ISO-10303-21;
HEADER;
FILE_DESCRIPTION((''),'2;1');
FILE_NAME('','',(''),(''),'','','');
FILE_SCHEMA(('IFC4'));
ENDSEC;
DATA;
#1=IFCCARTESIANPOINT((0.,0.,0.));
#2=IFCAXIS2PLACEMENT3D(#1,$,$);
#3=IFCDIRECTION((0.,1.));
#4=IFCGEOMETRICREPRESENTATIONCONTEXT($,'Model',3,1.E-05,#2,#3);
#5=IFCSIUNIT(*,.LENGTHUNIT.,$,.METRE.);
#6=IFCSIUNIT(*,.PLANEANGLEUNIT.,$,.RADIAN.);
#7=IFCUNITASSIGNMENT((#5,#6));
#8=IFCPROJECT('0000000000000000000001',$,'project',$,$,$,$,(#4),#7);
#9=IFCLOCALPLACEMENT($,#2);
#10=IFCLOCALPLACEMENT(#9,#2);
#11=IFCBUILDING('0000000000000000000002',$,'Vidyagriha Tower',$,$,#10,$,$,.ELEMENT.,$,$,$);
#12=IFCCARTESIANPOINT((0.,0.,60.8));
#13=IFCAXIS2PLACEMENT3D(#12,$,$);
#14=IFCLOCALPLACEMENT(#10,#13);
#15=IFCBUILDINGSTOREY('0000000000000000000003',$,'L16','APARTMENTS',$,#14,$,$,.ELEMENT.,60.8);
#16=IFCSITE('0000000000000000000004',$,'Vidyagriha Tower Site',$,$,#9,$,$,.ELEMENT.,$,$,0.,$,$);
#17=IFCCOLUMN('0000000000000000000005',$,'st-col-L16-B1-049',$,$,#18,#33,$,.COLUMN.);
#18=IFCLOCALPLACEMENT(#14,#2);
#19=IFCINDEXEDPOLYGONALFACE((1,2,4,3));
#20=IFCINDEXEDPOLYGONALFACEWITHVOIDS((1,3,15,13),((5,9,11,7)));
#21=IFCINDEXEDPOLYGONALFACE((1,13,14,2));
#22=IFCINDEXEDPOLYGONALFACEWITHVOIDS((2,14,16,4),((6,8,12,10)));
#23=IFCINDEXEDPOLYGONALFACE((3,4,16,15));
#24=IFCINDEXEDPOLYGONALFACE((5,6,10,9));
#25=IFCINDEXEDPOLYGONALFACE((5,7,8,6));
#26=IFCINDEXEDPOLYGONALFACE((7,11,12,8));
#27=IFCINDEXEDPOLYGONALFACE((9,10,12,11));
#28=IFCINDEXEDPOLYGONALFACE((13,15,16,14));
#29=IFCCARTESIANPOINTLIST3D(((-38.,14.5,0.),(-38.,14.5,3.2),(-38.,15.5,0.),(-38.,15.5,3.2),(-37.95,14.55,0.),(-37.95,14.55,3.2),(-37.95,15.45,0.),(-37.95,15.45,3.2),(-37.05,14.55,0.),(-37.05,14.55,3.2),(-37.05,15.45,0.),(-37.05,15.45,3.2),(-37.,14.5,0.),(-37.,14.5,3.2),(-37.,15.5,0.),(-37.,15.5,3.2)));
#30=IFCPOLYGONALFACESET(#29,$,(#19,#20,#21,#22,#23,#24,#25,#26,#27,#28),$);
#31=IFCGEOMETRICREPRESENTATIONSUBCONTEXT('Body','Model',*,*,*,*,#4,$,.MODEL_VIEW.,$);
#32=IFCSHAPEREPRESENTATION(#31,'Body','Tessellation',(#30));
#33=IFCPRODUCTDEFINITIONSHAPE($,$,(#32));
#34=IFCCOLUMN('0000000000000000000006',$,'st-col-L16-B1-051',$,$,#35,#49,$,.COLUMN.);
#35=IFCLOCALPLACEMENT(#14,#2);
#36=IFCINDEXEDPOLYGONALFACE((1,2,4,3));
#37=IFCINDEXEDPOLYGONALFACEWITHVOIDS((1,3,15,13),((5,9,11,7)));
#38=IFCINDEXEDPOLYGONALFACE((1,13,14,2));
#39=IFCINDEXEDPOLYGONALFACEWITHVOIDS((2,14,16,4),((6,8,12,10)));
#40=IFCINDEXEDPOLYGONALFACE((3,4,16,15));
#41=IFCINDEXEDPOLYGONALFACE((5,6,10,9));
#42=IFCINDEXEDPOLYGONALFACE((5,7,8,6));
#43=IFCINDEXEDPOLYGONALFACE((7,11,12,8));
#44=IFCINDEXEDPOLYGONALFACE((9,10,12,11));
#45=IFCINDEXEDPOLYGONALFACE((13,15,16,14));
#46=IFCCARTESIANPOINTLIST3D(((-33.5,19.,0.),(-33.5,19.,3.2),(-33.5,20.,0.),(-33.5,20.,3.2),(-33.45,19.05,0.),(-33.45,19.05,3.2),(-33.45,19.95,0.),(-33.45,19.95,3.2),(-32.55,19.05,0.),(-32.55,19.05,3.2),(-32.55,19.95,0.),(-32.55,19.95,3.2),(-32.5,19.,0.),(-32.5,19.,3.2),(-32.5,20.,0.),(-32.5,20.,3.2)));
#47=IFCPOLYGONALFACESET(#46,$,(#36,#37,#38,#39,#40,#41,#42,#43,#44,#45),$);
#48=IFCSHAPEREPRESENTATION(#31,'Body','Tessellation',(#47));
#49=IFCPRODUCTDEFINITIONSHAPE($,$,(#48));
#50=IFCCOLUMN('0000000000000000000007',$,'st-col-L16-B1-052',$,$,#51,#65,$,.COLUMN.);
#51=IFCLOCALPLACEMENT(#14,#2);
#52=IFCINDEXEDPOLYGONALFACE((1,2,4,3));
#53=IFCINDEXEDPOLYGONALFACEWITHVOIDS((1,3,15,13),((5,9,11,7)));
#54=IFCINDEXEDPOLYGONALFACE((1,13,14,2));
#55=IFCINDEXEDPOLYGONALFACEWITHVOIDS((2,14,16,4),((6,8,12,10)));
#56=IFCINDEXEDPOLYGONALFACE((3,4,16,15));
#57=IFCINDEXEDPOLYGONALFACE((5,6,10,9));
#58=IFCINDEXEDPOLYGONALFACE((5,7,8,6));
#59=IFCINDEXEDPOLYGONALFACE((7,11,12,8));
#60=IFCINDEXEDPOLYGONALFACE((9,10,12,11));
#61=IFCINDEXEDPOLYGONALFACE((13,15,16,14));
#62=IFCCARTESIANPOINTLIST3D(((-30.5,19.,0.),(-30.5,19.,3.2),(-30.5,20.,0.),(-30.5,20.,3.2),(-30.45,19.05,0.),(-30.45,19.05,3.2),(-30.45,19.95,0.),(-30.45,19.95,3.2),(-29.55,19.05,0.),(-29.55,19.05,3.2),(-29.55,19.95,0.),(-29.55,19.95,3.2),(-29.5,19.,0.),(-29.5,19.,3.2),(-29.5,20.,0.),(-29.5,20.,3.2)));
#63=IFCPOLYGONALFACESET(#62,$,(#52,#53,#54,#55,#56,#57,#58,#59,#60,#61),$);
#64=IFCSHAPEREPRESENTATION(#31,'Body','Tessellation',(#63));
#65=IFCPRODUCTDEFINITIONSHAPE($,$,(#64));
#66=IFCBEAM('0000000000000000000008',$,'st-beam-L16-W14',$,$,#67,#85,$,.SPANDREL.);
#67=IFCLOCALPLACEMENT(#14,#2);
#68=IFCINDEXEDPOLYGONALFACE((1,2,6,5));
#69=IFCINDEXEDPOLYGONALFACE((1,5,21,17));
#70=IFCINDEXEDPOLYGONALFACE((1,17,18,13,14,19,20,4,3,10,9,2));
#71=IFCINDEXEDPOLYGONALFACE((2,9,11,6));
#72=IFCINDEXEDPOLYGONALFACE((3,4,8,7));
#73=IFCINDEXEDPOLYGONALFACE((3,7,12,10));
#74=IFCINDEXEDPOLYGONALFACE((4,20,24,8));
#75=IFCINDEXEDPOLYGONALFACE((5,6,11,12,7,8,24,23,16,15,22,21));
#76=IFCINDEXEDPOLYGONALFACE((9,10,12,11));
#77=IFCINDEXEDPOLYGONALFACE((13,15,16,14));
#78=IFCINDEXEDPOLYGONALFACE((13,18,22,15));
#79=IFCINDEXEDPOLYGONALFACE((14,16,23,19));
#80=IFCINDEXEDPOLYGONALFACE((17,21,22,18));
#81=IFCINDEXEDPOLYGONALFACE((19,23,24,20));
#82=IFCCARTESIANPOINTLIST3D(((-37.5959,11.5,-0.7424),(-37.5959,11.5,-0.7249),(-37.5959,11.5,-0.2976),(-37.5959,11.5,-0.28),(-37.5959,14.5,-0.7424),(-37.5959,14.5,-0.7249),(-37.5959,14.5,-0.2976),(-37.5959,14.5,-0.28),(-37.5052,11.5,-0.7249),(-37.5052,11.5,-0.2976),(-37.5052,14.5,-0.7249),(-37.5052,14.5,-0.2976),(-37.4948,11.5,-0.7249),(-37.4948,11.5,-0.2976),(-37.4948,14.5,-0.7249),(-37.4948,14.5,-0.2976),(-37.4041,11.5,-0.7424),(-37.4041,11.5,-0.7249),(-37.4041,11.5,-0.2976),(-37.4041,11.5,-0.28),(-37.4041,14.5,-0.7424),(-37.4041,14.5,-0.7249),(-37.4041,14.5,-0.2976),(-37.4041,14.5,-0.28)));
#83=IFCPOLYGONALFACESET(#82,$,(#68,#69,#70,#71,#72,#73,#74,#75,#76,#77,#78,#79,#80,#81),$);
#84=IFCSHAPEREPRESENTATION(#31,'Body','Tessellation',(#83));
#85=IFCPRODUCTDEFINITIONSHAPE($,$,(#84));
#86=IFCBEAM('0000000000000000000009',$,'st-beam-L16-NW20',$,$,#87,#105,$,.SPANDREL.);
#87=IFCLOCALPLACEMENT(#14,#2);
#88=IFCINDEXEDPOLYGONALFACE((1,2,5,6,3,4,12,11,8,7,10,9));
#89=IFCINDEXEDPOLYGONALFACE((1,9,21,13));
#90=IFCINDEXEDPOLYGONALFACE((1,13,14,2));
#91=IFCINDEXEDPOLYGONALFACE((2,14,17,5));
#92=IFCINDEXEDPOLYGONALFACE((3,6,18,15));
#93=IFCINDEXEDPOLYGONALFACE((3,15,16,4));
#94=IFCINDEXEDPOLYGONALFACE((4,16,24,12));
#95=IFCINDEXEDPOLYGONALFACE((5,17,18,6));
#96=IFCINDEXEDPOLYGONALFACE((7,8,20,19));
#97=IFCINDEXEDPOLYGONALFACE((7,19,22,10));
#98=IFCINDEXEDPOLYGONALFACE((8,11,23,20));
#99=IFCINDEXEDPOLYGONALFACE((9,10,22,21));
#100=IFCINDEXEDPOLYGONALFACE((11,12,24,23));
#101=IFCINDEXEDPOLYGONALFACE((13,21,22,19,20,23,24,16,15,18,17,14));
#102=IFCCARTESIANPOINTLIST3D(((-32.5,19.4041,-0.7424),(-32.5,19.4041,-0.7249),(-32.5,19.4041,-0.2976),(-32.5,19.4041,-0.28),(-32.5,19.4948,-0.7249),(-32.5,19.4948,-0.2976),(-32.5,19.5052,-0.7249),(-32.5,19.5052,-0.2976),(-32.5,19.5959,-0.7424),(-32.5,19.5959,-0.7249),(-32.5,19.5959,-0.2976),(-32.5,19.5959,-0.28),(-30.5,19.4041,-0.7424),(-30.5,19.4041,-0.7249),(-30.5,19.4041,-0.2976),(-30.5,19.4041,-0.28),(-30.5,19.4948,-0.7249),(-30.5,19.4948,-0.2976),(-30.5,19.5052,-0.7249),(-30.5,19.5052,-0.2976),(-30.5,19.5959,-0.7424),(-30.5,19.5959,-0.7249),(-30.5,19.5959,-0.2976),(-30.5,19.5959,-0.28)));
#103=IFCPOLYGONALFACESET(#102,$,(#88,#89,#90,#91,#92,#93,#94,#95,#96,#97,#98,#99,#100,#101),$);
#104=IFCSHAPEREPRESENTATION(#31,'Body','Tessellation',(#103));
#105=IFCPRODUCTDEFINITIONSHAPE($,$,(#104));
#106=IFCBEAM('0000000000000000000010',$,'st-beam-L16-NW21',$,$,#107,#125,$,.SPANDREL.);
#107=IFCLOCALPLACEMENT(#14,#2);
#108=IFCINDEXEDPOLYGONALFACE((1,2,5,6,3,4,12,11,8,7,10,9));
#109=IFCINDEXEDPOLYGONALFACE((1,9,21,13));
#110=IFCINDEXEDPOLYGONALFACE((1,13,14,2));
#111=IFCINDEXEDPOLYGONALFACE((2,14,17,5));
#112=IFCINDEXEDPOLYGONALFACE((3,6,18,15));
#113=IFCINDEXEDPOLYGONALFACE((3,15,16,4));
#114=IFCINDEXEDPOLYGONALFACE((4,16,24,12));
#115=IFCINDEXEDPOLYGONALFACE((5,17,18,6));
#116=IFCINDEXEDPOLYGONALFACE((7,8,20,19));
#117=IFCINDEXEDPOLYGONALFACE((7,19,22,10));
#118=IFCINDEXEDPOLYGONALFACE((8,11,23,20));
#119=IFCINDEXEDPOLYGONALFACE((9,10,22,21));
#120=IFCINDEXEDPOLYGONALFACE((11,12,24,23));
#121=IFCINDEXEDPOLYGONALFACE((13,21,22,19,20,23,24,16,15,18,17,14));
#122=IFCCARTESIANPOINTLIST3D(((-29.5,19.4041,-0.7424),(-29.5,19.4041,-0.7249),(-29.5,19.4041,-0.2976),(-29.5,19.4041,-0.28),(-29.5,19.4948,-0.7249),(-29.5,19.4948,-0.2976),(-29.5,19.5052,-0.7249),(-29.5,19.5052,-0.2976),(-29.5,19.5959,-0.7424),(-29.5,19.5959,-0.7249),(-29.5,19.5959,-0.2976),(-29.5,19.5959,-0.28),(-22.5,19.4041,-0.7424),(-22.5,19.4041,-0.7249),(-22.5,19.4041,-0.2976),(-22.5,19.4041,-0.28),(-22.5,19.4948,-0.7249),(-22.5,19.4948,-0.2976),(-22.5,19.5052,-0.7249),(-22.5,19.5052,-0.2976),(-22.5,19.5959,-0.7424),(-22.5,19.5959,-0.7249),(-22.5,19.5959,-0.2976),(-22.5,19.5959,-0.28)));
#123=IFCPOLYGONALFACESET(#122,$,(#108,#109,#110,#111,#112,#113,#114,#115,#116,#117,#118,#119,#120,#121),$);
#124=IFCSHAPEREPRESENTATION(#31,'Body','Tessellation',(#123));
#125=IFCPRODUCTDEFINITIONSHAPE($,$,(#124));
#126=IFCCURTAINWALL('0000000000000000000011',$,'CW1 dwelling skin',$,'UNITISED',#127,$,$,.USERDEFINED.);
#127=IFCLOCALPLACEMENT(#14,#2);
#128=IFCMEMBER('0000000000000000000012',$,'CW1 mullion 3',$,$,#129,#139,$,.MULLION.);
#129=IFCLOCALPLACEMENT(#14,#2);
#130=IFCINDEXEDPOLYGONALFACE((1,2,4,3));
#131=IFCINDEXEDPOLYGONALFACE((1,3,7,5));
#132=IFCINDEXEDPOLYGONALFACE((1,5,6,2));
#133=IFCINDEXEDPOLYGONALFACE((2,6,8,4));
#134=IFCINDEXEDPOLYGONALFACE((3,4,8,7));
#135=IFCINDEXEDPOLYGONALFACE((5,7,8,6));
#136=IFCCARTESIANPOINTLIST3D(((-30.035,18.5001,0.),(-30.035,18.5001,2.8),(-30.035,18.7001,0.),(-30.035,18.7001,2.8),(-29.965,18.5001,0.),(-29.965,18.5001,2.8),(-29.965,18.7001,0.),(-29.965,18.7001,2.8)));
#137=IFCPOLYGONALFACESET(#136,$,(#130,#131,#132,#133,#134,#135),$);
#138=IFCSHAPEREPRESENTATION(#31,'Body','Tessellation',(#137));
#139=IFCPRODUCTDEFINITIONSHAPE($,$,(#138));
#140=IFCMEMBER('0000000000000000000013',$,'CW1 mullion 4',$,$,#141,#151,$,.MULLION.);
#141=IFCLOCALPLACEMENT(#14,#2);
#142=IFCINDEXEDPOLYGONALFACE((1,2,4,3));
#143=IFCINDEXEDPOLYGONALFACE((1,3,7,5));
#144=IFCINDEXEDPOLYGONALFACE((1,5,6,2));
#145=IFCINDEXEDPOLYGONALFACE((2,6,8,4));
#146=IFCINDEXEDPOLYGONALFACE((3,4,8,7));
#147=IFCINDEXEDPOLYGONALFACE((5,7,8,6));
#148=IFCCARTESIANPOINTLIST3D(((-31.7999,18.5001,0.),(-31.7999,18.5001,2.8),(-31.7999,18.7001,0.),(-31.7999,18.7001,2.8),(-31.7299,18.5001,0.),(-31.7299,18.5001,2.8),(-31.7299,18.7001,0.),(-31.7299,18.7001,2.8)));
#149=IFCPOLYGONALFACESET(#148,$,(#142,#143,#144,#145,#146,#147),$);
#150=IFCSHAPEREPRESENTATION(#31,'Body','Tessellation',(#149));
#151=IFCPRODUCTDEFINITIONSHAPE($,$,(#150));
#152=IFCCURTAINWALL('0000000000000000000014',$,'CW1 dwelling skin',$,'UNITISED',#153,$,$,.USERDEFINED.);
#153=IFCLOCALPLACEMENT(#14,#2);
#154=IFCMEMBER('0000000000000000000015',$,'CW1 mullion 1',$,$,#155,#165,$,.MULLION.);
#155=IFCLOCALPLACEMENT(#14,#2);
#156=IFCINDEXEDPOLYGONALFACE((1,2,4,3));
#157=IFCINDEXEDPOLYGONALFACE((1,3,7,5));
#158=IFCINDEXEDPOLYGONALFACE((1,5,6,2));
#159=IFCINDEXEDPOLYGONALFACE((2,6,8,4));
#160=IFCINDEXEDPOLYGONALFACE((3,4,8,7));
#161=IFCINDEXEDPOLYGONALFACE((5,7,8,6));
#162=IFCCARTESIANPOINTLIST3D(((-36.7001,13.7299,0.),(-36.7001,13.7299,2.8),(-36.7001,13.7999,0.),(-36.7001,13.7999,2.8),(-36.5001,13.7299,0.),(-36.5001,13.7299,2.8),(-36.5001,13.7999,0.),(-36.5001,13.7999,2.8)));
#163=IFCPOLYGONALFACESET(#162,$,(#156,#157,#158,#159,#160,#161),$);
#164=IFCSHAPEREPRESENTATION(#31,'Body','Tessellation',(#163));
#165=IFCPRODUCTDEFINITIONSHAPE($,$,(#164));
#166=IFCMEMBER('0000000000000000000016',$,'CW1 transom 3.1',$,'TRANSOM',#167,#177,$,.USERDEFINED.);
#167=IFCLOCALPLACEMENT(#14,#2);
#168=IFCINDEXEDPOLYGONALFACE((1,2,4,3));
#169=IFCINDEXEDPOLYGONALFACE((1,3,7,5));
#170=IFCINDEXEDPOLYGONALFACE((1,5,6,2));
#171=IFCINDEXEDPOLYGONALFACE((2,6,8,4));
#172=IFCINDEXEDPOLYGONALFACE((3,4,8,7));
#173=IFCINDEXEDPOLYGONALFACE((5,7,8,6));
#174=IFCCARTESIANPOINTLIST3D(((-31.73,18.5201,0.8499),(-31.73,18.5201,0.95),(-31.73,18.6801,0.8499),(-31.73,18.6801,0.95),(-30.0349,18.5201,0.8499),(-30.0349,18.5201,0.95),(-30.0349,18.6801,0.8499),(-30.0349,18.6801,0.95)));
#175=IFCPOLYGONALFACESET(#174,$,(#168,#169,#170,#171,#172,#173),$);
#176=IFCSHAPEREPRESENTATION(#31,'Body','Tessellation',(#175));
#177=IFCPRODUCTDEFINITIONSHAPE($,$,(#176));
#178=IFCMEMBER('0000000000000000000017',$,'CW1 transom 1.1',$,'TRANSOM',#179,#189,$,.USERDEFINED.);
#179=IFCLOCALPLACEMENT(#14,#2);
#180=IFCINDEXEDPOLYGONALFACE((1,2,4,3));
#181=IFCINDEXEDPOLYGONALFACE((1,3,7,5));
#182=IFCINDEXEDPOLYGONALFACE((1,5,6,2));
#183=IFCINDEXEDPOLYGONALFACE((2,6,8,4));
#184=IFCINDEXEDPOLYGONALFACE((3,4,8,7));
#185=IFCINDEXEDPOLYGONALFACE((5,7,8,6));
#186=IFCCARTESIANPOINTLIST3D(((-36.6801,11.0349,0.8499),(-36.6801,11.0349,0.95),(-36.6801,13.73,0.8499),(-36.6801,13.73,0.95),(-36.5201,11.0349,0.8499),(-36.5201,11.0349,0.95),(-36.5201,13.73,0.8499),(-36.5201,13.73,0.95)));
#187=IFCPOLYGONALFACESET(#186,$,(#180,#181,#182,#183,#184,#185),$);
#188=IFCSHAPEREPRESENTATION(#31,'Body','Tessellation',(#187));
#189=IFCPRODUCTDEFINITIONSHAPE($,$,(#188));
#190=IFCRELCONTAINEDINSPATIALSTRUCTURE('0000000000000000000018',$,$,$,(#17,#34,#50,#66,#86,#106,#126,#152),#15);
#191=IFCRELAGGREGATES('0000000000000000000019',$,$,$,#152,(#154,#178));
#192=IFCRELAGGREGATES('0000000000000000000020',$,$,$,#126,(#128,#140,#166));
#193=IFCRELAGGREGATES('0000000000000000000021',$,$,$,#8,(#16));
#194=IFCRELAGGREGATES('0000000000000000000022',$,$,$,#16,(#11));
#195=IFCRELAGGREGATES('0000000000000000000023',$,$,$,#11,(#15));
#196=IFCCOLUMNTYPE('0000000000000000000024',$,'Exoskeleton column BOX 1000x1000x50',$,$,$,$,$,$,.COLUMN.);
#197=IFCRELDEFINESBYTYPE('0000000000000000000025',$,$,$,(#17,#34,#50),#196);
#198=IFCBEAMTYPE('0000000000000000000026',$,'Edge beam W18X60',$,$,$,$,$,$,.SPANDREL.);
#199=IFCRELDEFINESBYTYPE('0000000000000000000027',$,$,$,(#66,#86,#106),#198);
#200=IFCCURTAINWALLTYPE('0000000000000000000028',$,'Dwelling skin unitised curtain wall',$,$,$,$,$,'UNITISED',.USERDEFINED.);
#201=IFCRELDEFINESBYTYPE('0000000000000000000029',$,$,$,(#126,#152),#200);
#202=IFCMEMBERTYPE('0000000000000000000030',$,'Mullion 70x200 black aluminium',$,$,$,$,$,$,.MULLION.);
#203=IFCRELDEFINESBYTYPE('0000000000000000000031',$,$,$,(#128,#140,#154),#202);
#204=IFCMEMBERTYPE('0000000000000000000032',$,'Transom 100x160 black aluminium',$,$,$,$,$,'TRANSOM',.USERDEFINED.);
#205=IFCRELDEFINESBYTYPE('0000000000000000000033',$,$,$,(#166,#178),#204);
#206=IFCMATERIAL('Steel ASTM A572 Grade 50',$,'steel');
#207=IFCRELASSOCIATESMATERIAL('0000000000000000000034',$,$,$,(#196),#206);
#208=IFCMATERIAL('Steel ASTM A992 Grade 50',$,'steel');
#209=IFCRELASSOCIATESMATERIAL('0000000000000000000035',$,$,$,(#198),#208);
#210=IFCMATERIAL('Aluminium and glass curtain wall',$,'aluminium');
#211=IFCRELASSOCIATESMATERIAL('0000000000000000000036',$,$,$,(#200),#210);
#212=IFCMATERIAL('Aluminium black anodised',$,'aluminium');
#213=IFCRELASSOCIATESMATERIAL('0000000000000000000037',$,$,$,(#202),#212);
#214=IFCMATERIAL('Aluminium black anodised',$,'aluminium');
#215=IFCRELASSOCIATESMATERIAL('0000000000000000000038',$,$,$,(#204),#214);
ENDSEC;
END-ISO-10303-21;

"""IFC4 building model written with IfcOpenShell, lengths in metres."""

from ifc_helpers import new_model, si_unit, direction, frame, origin, origin_2d, place, context, subcontext, project, spatial, rectangle, hollow_rectangle, i_section, extrude, material, material_profile, profile_set, type_object, element, aggregate, save


model = new_model("IFC4")

# Units and contexts
model_context = context("Model", 3, precision=1e-05, world=origin(), true_north=direction((0.0, 1.0)))
body_context = subcontext(model_context, "Body", "Model", "MODEL_VIEW")
ifc_project = project(units=[si_unit("LENGTHUNIT", "METRE"), si_unit("PLANEANGLEUNIT", "RADIAN")], contexts=[model_context])

# Site, building, storey
site_placement = place(None, origin())
site = spatial("IfcSite", under=ifc_project, at=site_placement, Name="Vidyagriha Tower Site", CompositionType="ELEMENT", RefElevation=0.0)
building_placement = place(site_placement, origin())
building = spatial("IfcBuilding", under=site, at=building_placement, Name="Vidyagriha Tower", CompositionType="ELEMENT")
storey_placement = place(building_placement, frame((0.0, 0.0, 60.8)))
storey = spatial("IfcBuildingStorey", under=building, at=storey_placement, Name="L16", Description="APARTMENTS", CompositionType="ELEMENT", Elevation=60.8)

# Columns
ifc_material_1 = material(Name="Steel ASTM A572 Grade 50", Category="steel")
ifc_material_profile_1 = material_profile(ifc_material_1, hollow_rectangle(XDim=1.0, YDim=1.0, WallThickness=0.05, at=origin_2d()), Name="BOX 1000x1000x50")
ifc_profile_set_1 = profile_set([ifc_material_profile_1], Name="Steel ASTM A572 Grade 50")
column_type = type_object("IfcColumnType", Name="Exoskeleton column BOX 1000x1000x50", PredefinedType="COLUMN", material=ifc_profile_set_1)
for number, where, name in (
    (1, (-37.5, 15.0, 0.0), "st-col-L16-B1-049"),
    (2, (-33.0, 19.5, 0.0), "st-col-L16-B1-051"),
    (3, (-30.0, 19.5, 0.0), "st-col-L16-B1-052"),
):
    element("IfcColumn", number, at=place(storey_placement, frame(where)), inside=storey, type_object=column_type, Name=name, PredefinedType="COLUMN", context=body_context, shape_type="SweptSolid", body=[
        extrude(hollow_rectangle(XDim=1.0, YDim=1.0, WallThickness=0.05, at=origin_2d()), origin(), (0.0, 0.0, 1.0), 3.2),
    ])

# Beams
ifc_material_2 = material(Name="Steel ASTM A992 Grade 50", Category="steel")
ifc_material_profile_2 = material_profile(ifc_material_2, i_section(OverallWidth=0.1919, OverallDepth=0.4624, WebThickness=0.0105, FlangeThickness=0.0176, at=origin_2d()), Name="W18X60")
ifc_profile_set_2 = profile_set([ifc_material_profile_2], Name="Steel ASTM A992 Grade 50")
beam_type = type_object("IfcBeamType", Name="Edge beam W18X60", PredefinedType="SPANDREL", material=ifc_profile_set_2)
beam_1_placement = place(storey_placement, frame((-37.5, 11.5, -0.5112), z_axis=(0.0, 1.0, 0.0), x_axis=(-1.0, 0.0, 0.0)))
element("IfcBeam", 4, at=beam_1_placement, inside=storey, type_object=beam_type, Name="st-beam-L16-W14", PredefinedType="SPANDREL", context=body_context, shape_type="SweptSolid", body=[
    extrude(i_section(OverallWidth=0.1919, OverallDepth=0.4624, WebThickness=0.0105, FlangeThickness=0.0176, at=origin_2d()), origin(), (0.0, 0.0, 1.0), 3.0),
])
beam_2_placement = place(storey_placement, frame((-32.5, 19.5, -0.5112), z_axis=(1.0, 0.0, 0.0), x_axis=(0.0, 1.0, 0.0)))
element("IfcBeam", 5, at=beam_2_placement, inside=storey, type_object=beam_type, Name="st-beam-L16-NW20", PredefinedType="SPANDREL", context=body_context, shape_type="SweptSolid", body=[
    extrude(i_section(OverallWidth=0.1919, OverallDepth=0.4624, WebThickness=0.0105, FlangeThickness=0.0176, at=origin_2d()), origin(), (0.0, 0.0, 1.0), 2.0),
])
beam_3_placement = place(storey_placement, frame((-29.5, 19.5, -0.5112), z_axis=(1.0, 0.0, 0.0), x_axis=(0.0, 1.0, 0.0)))
element("IfcBeam", 6, at=beam_3_placement, inside=storey, type_object=beam_type, Name="st-beam-L16-NW21", PredefinedType="SPANDREL", context=body_context, shape_type="SweptSolid", body=[
    extrude(i_section(OverallWidth=0.1919, OverallDepth=0.4624, WebThickness=0.0105, FlangeThickness=0.0176, at=origin_2d()), origin(), (0.0, 0.0, 1.0), 7.0),
])

# Curtain wall, members
ifc_material_3 = material(Name="Aluminium and glass curtain wall", Category="aluminium")
curtain_wall_type = type_object("IfcCurtainWallType", Name="Dwelling skin unitised curtain wall", ElementType="UNITISED", PredefinedType="USERDEFINED", material=ifc_material_3)
curtain_wall_1_placement = place(storey_placement, origin())
curtain_wall_1 = element("IfcCurtainWall", 7, at=curtain_wall_1_placement, inside=storey, type_object=curtain_wall_type, Name="CW1 dwelling skin", ObjectType="UNITISED", PredefinedType="USERDEFINED")
ifc_material_4 = material(Name="Aluminium black anodised", Category="aluminium")
ifc_material_profile_3 = material_profile(ifc_material_4, rectangle(XDim=0.2, YDim=0.0701, at=origin_2d()), Name="Mullion 70x200 black aluminium")
ifc_profile_set_3 = profile_set([ifc_material_profile_3], Name="Aluminium black anodised")
member_type_1 = type_object("IfcMemberType", Name="Mullion 70x200 black aluminium", PredefinedType="MULLION", material=ifc_profile_set_3)
member_1_placement = place(storey_placement, frame((-30.0, 18.6001, 0.0), z_axis=(0.0, 0.0, 1.0), x_axis=(0.0, -1.0, 0.0)))
member_1 = element("IfcMember", 8, at=member_1_placement, type_object=member_type_1, Name="CW1 mullion 3", PredefinedType="MULLION", context=body_context, shape_type="SweptSolid", body=[
    extrude(rectangle(XDim=0.2, YDim=0.0701, at=origin_2d()), origin(), (0.0, 0.0, 1.0), 2.8),
])
member_2_placement = place(storey_placement, frame((-31.7649, 18.6001, 0.0), z_axis=(0.0, 0.0, 1.0), x_axis=(0.0, -1.0, 0.0)))
member_2 = element("IfcMember", 9, at=member_2_placement, type_object=member_type_1, Name="CW1 mullion 4", PredefinedType="MULLION", context=body_context, shape_type="SweptSolid", body=[
    extrude(rectangle(XDim=0.2, YDim=0.0701, at=origin_2d()), origin(), (0.0, 0.0, 1.0), 2.8),
])

# Curtain wall, member
curtain_wall_2_placement = place(storey_placement, origin())
curtain_wall_2 = element("IfcCurtainWall", 10, at=curtain_wall_2_placement, inside=storey, type_object=curtain_wall_type, Name="CW1 dwelling skin", ObjectType="UNITISED", PredefinedType="USERDEFINED")
member_3_placement = place(storey_placement, frame((-36.6001, 13.7649, 0.0)))
member_3 = element("IfcMember", 11, at=member_3_placement, type_object=member_type_1, Name="CW1 mullion 1", PredefinedType="MULLION", context=body_context, shape_type="SweptSolid", body=[
    extrude(rectangle(XDim=0.2, YDim=0.0701, at=origin_2d()), origin(), (0.0, 0.0, 1.0), 2.8),
])

# Members
ifc_material_5 = material(Name="Aluminium black anodised", Category="aluminium")
ifc_material_profile_4 = material_profile(ifc_material_5, rectangle(XDim=0.1599, YDim=0.1001, at=origin_2d()), Name="Transom 100x160 black aluminium")
ifc_profile_set_4 = profile_set([ifc_material_profile_4], Name="Aluminium black anodised")
member_type_2 = type_object("IfcMemberType", Name="Transom 100x160 black aluminium", ElementType="TRANSOM", PredefinedType="USERDEFINED", material=ifc_profile_set_4)
member_4_placement = place(storey_placement, frame((-30.0349, 18.6001, 0.8999), z_axis=(-1.0, 0.0, 0.0), x_axis=(0.0, -1.0, 0.0)))
member_4 = element("IfcMember", 12, at=member_4_placement, type_object=member_type_2, Name="CW1 transom 3.1", ObjectType="TRANSOM", PredefinedType="USERDEFINED", context=body_context, shape_type="SweptSolid", body=[
    extrude(rectangle(XDim=0.1599, YDim=0.1001, at=origin_2d()), origin(), (0.0, 0.0, 1.0), 1.6951),
])
member_5_placement = place(storey_placement, frame((-36.6001, 13.73, 0.8999), z_axis=(0.0, -1.0, 0.0), x_axis=(1.0, 0.0, 0.0)))
member_5 = element("IfcMember", 13, at=member_5_placement, type_object=member_type_2, Name="CW1 transom 1.1", ObjectType="TRANSOM", PredefinedType="USERDEFINED", context=body_context, shape_type="SweptSolid", body=[
    extrude(rectangle(XDim=0.1599, YDim=0.1001, at=origin_2d()), origin(), (0.0, 0.0, 1.0), 2.6951),
])

aggregate(curtain_wall_2, [member_3, member_5])
aggregate(curtain_wall_1, [member_1, member_2, member_4])

save(model, "model.ifc")
